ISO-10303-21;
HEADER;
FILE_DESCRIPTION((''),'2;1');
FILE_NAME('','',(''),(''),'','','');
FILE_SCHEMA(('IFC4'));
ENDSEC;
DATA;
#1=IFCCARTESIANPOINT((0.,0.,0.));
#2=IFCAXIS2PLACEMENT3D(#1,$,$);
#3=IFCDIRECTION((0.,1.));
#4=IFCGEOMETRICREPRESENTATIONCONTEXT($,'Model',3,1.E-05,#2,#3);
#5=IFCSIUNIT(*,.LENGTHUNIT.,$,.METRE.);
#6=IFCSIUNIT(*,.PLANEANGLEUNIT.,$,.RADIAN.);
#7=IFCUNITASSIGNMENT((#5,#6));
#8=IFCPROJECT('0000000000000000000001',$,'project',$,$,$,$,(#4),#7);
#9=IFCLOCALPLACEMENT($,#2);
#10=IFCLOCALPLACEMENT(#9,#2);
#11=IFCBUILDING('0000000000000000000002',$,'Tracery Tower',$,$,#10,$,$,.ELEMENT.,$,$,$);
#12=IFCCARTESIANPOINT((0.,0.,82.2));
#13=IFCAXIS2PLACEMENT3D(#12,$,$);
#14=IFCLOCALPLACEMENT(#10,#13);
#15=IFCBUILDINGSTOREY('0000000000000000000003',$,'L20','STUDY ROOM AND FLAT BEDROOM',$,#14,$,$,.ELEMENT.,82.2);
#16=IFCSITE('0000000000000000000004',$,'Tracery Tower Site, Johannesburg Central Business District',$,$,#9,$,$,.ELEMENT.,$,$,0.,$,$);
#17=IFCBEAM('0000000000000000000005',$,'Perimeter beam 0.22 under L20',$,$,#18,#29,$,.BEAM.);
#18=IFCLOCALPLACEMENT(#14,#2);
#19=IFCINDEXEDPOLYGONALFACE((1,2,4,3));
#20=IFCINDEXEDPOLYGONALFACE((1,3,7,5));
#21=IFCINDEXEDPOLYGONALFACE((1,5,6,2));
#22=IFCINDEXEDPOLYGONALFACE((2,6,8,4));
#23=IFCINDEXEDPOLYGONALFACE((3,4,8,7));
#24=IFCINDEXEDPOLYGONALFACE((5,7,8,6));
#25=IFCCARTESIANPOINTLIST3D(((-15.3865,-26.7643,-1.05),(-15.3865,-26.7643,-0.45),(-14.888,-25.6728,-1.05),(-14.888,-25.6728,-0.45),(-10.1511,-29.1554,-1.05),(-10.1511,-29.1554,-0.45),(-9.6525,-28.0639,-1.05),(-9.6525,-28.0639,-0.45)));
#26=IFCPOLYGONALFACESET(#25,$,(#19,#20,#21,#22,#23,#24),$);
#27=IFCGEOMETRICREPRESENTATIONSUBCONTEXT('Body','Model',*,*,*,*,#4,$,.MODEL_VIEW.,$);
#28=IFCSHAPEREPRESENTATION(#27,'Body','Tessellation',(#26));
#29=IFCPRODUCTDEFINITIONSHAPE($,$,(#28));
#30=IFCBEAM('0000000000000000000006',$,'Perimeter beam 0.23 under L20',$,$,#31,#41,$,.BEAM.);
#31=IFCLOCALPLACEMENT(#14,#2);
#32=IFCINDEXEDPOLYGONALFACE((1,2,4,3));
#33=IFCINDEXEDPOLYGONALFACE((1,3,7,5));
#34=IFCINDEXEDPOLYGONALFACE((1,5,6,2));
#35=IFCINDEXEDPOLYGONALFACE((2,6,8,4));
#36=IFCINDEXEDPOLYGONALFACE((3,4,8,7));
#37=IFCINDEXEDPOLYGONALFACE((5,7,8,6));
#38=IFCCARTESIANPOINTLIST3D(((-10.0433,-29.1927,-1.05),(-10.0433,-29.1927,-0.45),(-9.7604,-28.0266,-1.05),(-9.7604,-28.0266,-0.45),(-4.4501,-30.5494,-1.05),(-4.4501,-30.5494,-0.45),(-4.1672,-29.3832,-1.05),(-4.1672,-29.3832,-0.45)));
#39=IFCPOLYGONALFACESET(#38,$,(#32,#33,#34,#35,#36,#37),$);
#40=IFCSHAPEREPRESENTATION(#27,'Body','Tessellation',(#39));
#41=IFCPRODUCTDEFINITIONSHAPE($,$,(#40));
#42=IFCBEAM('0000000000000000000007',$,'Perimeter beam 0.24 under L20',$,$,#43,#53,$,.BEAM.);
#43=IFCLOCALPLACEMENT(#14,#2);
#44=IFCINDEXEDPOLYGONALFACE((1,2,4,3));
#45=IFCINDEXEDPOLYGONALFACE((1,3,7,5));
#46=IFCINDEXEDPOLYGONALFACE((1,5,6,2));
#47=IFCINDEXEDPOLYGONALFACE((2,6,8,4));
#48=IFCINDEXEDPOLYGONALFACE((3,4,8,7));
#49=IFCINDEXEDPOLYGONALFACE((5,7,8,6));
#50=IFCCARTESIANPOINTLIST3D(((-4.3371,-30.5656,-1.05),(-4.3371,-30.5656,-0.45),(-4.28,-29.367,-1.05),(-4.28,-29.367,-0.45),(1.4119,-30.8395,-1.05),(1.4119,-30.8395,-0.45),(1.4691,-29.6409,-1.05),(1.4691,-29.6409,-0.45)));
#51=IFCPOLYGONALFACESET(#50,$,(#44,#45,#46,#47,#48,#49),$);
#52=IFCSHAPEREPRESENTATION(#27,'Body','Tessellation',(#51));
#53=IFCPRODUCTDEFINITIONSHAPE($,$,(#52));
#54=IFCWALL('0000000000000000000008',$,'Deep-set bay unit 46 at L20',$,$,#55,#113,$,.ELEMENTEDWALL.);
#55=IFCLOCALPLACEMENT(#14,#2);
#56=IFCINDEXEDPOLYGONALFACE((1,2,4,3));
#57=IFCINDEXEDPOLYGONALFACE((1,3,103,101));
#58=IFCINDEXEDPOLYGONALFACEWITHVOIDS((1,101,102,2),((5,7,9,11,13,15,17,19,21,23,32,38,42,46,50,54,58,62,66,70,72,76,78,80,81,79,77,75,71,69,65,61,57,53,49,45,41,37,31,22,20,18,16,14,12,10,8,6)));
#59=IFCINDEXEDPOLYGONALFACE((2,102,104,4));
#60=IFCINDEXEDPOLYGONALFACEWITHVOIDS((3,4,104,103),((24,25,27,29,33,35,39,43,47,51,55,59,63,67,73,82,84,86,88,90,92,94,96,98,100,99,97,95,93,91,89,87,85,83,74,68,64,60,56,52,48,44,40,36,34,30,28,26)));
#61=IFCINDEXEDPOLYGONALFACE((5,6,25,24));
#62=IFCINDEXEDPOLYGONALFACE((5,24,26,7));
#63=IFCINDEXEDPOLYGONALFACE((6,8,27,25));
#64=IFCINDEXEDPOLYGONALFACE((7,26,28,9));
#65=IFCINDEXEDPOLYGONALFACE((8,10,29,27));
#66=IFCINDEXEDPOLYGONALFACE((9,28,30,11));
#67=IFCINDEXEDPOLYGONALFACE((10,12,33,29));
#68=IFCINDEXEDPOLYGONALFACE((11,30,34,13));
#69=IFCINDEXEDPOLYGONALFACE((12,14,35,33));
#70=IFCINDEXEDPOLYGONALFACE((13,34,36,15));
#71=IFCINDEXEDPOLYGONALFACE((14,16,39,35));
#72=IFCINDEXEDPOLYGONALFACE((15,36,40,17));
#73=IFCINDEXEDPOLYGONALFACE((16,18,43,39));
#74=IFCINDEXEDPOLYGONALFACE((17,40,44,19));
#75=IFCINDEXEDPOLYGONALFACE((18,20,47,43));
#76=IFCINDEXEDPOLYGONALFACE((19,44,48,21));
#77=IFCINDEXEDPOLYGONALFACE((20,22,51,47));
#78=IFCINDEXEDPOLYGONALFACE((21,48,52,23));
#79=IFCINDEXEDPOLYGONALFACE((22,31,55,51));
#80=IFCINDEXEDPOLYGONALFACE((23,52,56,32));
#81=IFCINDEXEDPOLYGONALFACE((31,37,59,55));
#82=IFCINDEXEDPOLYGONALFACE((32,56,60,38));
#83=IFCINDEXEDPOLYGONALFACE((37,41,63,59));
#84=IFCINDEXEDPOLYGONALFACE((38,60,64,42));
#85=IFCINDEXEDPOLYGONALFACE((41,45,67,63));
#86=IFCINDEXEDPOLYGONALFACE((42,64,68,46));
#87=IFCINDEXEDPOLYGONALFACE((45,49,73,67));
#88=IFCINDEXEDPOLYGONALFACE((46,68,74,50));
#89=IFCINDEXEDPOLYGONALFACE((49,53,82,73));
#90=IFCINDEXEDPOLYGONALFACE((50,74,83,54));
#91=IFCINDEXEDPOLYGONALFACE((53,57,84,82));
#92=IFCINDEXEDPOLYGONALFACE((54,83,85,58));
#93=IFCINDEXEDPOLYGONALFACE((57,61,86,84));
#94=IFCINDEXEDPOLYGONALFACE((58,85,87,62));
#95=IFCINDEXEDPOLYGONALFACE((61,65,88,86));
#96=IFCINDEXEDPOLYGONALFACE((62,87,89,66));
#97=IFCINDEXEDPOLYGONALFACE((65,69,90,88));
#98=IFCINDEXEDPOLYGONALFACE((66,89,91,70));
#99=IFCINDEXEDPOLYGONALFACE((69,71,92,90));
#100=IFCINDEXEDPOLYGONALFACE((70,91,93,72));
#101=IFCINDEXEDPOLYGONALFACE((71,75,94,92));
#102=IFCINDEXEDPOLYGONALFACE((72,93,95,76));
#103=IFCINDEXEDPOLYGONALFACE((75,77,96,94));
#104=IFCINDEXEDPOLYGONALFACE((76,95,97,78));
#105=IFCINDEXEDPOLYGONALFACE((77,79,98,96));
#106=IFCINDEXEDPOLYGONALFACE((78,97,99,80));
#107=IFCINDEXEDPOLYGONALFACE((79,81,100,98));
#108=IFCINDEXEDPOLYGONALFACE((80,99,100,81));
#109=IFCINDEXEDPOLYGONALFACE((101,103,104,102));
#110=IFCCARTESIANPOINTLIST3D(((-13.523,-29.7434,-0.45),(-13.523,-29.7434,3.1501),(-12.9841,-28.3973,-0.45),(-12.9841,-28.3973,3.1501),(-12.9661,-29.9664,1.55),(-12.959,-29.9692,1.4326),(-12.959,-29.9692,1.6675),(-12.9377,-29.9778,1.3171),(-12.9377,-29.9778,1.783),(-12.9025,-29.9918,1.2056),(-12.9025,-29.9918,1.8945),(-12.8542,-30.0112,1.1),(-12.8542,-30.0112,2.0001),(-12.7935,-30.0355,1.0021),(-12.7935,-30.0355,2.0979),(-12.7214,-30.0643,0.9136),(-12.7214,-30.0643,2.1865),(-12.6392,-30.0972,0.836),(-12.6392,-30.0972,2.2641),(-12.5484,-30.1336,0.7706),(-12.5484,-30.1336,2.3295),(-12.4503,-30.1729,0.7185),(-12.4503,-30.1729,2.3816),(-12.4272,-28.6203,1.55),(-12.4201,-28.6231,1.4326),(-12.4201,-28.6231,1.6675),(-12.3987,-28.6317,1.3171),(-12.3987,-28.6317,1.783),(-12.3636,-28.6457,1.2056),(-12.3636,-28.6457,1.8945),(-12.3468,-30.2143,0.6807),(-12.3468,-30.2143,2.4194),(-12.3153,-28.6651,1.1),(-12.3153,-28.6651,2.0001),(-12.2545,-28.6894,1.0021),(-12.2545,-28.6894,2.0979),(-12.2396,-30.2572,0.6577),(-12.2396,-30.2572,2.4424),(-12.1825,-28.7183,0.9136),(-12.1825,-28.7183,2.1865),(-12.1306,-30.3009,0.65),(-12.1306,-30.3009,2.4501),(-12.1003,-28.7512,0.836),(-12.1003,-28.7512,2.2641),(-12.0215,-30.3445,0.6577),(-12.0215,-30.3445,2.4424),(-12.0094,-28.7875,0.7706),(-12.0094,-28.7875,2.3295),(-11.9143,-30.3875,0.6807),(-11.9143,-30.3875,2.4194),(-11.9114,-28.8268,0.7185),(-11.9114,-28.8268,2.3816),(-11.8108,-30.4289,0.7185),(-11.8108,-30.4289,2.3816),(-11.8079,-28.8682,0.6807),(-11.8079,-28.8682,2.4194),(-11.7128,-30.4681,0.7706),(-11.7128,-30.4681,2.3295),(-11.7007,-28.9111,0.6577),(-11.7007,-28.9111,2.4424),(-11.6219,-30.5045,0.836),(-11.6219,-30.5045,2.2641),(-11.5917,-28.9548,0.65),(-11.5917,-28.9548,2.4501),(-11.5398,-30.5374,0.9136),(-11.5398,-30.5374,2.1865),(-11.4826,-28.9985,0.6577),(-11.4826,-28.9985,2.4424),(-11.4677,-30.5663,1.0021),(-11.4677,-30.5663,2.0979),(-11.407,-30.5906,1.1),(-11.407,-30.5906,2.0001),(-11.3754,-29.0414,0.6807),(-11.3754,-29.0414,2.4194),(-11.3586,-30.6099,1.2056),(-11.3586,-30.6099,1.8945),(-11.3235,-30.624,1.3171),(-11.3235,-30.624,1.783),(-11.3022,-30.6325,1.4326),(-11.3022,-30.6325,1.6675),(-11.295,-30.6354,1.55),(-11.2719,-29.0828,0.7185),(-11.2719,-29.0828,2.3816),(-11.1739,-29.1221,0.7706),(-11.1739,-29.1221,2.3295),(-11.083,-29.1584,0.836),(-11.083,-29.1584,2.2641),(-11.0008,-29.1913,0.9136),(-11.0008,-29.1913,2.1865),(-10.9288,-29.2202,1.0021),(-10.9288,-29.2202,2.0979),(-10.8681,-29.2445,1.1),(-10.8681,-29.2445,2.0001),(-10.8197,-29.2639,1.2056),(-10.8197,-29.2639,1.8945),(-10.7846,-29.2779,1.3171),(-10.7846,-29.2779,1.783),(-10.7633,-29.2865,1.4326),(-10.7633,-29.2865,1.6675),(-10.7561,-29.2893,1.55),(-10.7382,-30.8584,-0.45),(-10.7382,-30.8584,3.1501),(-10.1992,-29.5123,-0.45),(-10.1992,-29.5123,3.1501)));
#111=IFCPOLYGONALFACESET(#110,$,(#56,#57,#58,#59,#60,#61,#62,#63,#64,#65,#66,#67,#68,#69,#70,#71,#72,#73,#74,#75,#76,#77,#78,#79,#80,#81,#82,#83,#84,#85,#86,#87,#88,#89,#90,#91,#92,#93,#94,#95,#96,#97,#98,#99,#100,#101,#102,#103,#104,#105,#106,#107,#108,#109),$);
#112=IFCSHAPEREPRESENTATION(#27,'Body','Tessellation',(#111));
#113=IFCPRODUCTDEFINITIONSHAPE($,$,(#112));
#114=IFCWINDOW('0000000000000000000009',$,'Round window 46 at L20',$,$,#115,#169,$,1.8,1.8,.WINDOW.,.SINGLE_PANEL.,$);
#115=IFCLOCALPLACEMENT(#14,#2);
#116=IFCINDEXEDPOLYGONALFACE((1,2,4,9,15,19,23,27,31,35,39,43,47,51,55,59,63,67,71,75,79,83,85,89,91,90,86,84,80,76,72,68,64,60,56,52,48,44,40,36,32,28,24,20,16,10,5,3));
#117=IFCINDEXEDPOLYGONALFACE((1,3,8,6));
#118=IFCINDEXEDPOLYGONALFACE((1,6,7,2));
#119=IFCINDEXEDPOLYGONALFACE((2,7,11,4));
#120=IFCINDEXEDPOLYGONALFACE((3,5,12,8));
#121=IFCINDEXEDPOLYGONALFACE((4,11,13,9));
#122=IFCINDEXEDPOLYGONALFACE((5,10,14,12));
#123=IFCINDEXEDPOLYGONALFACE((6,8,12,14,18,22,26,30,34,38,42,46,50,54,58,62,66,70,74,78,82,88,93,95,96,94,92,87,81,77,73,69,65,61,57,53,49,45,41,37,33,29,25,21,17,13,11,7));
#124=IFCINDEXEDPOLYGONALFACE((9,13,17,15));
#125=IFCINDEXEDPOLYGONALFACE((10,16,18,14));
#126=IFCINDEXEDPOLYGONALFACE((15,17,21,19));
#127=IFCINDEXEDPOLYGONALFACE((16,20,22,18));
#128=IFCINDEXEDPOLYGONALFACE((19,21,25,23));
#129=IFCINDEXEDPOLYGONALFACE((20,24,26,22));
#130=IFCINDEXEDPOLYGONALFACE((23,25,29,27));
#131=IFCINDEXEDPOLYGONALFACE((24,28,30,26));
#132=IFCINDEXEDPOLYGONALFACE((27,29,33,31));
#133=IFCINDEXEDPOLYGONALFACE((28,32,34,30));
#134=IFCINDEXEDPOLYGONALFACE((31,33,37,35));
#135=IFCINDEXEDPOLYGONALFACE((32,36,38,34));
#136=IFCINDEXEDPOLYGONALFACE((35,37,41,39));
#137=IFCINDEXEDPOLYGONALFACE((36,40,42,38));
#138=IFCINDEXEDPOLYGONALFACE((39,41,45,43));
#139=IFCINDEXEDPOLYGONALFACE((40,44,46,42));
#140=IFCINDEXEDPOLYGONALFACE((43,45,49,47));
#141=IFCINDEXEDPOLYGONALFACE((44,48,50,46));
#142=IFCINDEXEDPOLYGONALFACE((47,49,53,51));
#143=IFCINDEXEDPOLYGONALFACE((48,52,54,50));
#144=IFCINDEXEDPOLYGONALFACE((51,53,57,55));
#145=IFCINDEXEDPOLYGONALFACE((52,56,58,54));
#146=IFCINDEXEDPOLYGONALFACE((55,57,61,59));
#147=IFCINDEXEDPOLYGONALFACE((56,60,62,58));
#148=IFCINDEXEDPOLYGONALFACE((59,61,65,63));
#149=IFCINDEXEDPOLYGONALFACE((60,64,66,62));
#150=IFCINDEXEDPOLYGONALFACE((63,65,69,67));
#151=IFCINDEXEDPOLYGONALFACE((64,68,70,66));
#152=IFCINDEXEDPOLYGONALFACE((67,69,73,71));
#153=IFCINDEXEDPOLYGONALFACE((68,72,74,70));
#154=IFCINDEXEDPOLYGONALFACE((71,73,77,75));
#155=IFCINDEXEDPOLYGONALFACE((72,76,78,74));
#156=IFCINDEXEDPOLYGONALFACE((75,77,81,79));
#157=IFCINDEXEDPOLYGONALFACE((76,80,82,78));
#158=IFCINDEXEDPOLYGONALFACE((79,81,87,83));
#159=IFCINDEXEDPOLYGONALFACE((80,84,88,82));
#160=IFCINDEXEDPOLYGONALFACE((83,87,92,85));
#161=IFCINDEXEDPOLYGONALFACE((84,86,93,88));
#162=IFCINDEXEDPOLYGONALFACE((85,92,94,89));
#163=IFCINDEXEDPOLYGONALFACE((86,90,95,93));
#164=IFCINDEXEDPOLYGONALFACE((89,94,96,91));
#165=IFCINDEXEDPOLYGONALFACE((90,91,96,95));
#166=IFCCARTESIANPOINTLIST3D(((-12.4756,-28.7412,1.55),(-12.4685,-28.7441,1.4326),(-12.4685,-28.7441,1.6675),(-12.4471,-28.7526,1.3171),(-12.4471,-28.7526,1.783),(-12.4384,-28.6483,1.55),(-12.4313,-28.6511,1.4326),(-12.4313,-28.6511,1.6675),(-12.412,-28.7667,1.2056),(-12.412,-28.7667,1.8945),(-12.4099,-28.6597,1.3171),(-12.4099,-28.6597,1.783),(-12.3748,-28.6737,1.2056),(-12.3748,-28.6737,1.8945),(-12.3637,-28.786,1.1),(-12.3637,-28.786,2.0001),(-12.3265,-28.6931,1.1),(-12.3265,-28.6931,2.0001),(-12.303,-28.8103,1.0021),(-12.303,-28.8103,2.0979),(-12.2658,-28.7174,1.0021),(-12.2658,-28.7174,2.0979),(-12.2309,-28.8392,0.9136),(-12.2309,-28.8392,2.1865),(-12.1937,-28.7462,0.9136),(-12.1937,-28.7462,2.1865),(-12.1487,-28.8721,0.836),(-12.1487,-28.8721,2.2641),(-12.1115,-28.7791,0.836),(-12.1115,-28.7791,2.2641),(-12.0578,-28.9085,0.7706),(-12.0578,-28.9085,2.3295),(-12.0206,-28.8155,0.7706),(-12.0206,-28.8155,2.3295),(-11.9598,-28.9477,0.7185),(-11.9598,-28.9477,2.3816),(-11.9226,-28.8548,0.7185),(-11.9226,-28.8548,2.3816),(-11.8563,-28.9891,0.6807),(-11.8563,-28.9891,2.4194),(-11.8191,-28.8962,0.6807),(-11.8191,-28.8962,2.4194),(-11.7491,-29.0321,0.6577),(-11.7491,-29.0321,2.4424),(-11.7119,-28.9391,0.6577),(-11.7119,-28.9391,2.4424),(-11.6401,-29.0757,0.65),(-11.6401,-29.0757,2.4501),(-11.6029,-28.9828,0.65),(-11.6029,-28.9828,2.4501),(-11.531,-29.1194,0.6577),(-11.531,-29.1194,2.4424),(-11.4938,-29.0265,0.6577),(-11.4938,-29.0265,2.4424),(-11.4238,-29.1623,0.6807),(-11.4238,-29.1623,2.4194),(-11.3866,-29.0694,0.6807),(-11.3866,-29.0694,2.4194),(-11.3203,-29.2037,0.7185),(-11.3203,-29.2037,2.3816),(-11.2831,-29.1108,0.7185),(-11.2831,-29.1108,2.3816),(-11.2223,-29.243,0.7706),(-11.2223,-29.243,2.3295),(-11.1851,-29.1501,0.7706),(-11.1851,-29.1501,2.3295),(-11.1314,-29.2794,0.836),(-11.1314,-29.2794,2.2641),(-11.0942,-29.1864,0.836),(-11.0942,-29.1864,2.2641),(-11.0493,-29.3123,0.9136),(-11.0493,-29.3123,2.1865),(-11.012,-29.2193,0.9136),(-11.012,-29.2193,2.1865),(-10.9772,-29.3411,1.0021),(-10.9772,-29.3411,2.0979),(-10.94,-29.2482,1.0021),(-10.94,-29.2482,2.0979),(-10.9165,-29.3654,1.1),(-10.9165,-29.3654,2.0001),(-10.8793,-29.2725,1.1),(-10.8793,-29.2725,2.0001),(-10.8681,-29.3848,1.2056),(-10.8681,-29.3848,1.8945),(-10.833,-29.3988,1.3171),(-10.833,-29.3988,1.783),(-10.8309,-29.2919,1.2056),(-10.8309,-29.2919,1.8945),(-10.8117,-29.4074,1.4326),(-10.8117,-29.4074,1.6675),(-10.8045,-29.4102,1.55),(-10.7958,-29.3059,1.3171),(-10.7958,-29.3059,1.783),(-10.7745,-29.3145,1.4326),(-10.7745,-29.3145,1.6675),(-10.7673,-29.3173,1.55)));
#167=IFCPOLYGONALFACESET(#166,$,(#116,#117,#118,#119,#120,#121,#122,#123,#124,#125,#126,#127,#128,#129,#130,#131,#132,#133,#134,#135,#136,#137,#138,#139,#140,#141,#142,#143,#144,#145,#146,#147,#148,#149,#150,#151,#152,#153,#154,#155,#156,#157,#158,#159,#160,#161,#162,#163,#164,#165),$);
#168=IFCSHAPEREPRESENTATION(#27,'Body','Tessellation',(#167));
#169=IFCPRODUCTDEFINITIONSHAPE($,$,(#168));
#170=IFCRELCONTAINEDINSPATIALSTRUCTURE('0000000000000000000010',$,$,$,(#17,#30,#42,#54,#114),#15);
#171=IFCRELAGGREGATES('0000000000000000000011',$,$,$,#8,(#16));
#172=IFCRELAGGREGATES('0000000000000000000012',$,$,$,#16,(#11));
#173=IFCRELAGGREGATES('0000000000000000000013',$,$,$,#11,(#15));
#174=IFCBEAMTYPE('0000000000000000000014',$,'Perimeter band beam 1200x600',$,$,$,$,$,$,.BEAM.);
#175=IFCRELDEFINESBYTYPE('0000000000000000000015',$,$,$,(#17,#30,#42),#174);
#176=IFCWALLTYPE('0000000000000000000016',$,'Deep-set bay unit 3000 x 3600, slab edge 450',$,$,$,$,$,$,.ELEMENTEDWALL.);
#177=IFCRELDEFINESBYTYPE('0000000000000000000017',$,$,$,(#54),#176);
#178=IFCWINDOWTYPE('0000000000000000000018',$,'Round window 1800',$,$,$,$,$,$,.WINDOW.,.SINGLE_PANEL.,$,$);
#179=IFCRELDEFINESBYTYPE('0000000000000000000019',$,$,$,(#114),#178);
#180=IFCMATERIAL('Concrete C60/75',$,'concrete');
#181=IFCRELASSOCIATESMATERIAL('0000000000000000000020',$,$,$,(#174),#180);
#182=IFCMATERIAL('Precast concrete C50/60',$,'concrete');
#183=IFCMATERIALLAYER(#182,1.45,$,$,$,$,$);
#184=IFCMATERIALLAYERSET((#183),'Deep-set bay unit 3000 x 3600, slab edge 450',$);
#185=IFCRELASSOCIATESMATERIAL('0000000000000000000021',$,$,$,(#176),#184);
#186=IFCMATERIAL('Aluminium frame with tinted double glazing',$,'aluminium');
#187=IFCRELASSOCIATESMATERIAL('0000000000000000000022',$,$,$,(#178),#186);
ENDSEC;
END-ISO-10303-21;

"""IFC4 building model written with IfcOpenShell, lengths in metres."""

from ifc_helpers import new_model, si_unit, direction, frame, frame_2d, origin, origin_2d, place, context, subcontext, project, spatial, rectangle, circle, extrude, material, layer, layer_set, material_profile, profile_set, type_object, element, fill, save


model = new_model("IFC4")

# Units and contexts
model_context = context("Model", 3, precision=1e-05, world=origin(), true_north=direction((0.0, 1.0)))
body_context = subcontext(model_context, "Body", "Model", "MODEL_VIEW")
ifc_project = project(units=[si_unit("LENGTHUNIT", "METRE"), si_unit("PLANEANGLEUNIT", "RADIAN")], contexts=[model_context])

# Site, building, storey
site_placement = place(None, origin())
site = spatial("IfcSite", under=ifc_project, at=site_placement, Name="Tracery Tower Site, Johannesburg Central Business District", CompositionType="ELEMENT", RefElevation=0.0)
building_placement = place(site_placement, origin())
building = spatial("IfcBuilding", under=site, at=building_placement, Name="Tracery Tower", CompositionType="ELEMENT")
storey_placement = place(building_placement, frame((0.0, 0.0, 82.2)))
storey = spatial("IfcBuildingStorey", under=building, at=storey_placement, Name="L20", Description="STUDY ROOM AND FLAT BEDROOM", CompositionType="ELEMENT", Elevation=82.2)

# Beams
ifc_material_1 = material(Name="Concrete C60/75", Category="concrete")
ifc_material_profile_1 = material_profile(ifc_material_1, rectangle(XDim=1.2, YDim=0.6001, at=origin_2d()), Name="RC 1200x600")
ifc_profile_set_1 = profile_set([ifc_material_profile_1], Name="Concrete C60/75")
beam_type_1 = type_object("IfcBeamType", Name="Perimeter band beam 1200x600", PredefinedType="BEAM", material=ifc_profile_set_1)
beam_1_placement = place(storey_placement, frame((-15.1372, -26.2185, -0.75), z_axis=(0.909618, -0.415445, 0.0), x_axis=(0.415445, 0.909618, 0.0)))
element("IfcBeam", 1, at=beam_1_placement, inside=storey, type_object=beam_type_1, Name="Perimeter beam 0.22 under L20", PredefinedType="BEAM", context=body_context, shape_type="SweptSolid", body=[
    extrude(rectangle(XDim=1.2, YDim=0.6001, at=origin_2d()), origin(), (0.0, 0.0, 1.0), 5.7556),
])
beam_2_placement = place(storey_placement, frame((-9.9019, -28.6096, -0.75), z_axis=(0.97182, -0.235723, 0.0), x_axis=(0.235723, 0.97182, 0.0)))
element("IfcBeam", 2, at=beam_2_placement, inside=storey, type_object=beam_type_1, Name="Perimeter beam 0.23 under L20", PredefinedType="BEAM", context=body_context, shape_type="SweptSolid", body=[
    extrude(rectangle(XDim=1.2, YDim=0.6001, at=origin_2d()), origin(), (0.0, 0.0, 1.0), 5.7554),
])
beam_3_placement = place(storey_placement, frame((-4.3086, -29.9663, -0.75), z_axis=(0.998867, -0.047593, 0.0), x_axis=(0.047593, 0.998867, 0.0)))
element("IfcBeam", 3, at=beam_3_placement, inside=storey, type_object=beam_type_1, Name="Perimeter beam 0.24 under L20", PredefinedType="BEAM", context=body_context, shape_type="SweptSolid", body=[
    extrude(rectangle(XDim=1.2, YDim=0.6001, at=origin_2d()), origin(), (0.0, 0.0, 1.0), 5.7556),
])

# Wall, opening, window
ifc_material_2 = material(Name="Precast concrete C50/60", Category="concrete")
ifc_layer_1 = layer(ifc_material_2, 1.45)
ifc_layer_set_1 = layer_set([ifc_layer_1], Name="Deep-set bay unit 3000 x 3600, slab edge 450")
wall_type_1 = type_object("IfcWallType", Name="Deep-set bay unit 3000 x 3600, slab edge 450", PredefinedType="ELEMENTEDWALL", material=ifc_layer_set_1)
wall_1_placement = place(storey_placement, frame((-13.2537, -29.0703, -0.45), z_axis=(0.0, 0.0, 1.0), x_axis=(0.928359, -0.371685, 0.0)))
wall_1 = element("IfcWall", 4, at=wall_1_placement, inside=storey, type_object=wall_type_1, Name="Deep-set bay unit 46 at L20", PredefinedType="ELEMENTEDWALL", context=body_context, shape_type="SweptSolid", body=[
    extrude(rectangle(XDim=2.9998, YDim=1.45, at=frame_2d((1.5, 0.0))), origin(), (0.0, 0.0, 1.0), 3.6001),
])
opening_1_placement = place(wall_1_placement, frame((1.5, 0.0, 2.0)))
opening_1 = element("IfcOpeningElement", 5, at=opening_1_placement, cuts=wall_1, PredefinedType="OPENING", context=body_context, shape_type="SweptSolid", body=[
    extrude(circle(Radius=0.9, at=origin_2d()), frame((0.0, 0.7349, 0.0), z_axis=(0.0, -1.0, 0.0), x_axis=(1.0, 0.0, 0.0)), (0.0, 0.0, 1.0), 1.47),
])
ifc_material_3 = material(Name="Aluminium frame with tinted double glazing", Category="aluminium")
window_type = type_object("IfcWindowType", Name="Round window 1800", PartitioningType="SINGLE_PANEL", PredefinedType="WINDOW", material=ifc_material_3)
window_1_placement = place(opening_1_placement, origin())
window_1 = element("IfcWindow", 6, at=window_1_placement, inside=storey, type_object=window_type, Name="Round window 46 at L20", OverallHeight=1.8, OverallWidth=1.8, PartitioningType="SINGLE_PANEL", PredefinedType="WINDOW", context=body_context, shape_type="SweptSolid", body=[
    extrude(circle(Radius=0.9, at=origin_2d()), frame((0.0, 0.6948, 0.0), z_axis=(0.0, -1.0, 0.0), x_axis=(1.0, 0.0, 0.0)), (0.0, 0.0, 1.0), 0.1001),
])
fill(opening_1, window_1)

save(model, "model.ifc")
